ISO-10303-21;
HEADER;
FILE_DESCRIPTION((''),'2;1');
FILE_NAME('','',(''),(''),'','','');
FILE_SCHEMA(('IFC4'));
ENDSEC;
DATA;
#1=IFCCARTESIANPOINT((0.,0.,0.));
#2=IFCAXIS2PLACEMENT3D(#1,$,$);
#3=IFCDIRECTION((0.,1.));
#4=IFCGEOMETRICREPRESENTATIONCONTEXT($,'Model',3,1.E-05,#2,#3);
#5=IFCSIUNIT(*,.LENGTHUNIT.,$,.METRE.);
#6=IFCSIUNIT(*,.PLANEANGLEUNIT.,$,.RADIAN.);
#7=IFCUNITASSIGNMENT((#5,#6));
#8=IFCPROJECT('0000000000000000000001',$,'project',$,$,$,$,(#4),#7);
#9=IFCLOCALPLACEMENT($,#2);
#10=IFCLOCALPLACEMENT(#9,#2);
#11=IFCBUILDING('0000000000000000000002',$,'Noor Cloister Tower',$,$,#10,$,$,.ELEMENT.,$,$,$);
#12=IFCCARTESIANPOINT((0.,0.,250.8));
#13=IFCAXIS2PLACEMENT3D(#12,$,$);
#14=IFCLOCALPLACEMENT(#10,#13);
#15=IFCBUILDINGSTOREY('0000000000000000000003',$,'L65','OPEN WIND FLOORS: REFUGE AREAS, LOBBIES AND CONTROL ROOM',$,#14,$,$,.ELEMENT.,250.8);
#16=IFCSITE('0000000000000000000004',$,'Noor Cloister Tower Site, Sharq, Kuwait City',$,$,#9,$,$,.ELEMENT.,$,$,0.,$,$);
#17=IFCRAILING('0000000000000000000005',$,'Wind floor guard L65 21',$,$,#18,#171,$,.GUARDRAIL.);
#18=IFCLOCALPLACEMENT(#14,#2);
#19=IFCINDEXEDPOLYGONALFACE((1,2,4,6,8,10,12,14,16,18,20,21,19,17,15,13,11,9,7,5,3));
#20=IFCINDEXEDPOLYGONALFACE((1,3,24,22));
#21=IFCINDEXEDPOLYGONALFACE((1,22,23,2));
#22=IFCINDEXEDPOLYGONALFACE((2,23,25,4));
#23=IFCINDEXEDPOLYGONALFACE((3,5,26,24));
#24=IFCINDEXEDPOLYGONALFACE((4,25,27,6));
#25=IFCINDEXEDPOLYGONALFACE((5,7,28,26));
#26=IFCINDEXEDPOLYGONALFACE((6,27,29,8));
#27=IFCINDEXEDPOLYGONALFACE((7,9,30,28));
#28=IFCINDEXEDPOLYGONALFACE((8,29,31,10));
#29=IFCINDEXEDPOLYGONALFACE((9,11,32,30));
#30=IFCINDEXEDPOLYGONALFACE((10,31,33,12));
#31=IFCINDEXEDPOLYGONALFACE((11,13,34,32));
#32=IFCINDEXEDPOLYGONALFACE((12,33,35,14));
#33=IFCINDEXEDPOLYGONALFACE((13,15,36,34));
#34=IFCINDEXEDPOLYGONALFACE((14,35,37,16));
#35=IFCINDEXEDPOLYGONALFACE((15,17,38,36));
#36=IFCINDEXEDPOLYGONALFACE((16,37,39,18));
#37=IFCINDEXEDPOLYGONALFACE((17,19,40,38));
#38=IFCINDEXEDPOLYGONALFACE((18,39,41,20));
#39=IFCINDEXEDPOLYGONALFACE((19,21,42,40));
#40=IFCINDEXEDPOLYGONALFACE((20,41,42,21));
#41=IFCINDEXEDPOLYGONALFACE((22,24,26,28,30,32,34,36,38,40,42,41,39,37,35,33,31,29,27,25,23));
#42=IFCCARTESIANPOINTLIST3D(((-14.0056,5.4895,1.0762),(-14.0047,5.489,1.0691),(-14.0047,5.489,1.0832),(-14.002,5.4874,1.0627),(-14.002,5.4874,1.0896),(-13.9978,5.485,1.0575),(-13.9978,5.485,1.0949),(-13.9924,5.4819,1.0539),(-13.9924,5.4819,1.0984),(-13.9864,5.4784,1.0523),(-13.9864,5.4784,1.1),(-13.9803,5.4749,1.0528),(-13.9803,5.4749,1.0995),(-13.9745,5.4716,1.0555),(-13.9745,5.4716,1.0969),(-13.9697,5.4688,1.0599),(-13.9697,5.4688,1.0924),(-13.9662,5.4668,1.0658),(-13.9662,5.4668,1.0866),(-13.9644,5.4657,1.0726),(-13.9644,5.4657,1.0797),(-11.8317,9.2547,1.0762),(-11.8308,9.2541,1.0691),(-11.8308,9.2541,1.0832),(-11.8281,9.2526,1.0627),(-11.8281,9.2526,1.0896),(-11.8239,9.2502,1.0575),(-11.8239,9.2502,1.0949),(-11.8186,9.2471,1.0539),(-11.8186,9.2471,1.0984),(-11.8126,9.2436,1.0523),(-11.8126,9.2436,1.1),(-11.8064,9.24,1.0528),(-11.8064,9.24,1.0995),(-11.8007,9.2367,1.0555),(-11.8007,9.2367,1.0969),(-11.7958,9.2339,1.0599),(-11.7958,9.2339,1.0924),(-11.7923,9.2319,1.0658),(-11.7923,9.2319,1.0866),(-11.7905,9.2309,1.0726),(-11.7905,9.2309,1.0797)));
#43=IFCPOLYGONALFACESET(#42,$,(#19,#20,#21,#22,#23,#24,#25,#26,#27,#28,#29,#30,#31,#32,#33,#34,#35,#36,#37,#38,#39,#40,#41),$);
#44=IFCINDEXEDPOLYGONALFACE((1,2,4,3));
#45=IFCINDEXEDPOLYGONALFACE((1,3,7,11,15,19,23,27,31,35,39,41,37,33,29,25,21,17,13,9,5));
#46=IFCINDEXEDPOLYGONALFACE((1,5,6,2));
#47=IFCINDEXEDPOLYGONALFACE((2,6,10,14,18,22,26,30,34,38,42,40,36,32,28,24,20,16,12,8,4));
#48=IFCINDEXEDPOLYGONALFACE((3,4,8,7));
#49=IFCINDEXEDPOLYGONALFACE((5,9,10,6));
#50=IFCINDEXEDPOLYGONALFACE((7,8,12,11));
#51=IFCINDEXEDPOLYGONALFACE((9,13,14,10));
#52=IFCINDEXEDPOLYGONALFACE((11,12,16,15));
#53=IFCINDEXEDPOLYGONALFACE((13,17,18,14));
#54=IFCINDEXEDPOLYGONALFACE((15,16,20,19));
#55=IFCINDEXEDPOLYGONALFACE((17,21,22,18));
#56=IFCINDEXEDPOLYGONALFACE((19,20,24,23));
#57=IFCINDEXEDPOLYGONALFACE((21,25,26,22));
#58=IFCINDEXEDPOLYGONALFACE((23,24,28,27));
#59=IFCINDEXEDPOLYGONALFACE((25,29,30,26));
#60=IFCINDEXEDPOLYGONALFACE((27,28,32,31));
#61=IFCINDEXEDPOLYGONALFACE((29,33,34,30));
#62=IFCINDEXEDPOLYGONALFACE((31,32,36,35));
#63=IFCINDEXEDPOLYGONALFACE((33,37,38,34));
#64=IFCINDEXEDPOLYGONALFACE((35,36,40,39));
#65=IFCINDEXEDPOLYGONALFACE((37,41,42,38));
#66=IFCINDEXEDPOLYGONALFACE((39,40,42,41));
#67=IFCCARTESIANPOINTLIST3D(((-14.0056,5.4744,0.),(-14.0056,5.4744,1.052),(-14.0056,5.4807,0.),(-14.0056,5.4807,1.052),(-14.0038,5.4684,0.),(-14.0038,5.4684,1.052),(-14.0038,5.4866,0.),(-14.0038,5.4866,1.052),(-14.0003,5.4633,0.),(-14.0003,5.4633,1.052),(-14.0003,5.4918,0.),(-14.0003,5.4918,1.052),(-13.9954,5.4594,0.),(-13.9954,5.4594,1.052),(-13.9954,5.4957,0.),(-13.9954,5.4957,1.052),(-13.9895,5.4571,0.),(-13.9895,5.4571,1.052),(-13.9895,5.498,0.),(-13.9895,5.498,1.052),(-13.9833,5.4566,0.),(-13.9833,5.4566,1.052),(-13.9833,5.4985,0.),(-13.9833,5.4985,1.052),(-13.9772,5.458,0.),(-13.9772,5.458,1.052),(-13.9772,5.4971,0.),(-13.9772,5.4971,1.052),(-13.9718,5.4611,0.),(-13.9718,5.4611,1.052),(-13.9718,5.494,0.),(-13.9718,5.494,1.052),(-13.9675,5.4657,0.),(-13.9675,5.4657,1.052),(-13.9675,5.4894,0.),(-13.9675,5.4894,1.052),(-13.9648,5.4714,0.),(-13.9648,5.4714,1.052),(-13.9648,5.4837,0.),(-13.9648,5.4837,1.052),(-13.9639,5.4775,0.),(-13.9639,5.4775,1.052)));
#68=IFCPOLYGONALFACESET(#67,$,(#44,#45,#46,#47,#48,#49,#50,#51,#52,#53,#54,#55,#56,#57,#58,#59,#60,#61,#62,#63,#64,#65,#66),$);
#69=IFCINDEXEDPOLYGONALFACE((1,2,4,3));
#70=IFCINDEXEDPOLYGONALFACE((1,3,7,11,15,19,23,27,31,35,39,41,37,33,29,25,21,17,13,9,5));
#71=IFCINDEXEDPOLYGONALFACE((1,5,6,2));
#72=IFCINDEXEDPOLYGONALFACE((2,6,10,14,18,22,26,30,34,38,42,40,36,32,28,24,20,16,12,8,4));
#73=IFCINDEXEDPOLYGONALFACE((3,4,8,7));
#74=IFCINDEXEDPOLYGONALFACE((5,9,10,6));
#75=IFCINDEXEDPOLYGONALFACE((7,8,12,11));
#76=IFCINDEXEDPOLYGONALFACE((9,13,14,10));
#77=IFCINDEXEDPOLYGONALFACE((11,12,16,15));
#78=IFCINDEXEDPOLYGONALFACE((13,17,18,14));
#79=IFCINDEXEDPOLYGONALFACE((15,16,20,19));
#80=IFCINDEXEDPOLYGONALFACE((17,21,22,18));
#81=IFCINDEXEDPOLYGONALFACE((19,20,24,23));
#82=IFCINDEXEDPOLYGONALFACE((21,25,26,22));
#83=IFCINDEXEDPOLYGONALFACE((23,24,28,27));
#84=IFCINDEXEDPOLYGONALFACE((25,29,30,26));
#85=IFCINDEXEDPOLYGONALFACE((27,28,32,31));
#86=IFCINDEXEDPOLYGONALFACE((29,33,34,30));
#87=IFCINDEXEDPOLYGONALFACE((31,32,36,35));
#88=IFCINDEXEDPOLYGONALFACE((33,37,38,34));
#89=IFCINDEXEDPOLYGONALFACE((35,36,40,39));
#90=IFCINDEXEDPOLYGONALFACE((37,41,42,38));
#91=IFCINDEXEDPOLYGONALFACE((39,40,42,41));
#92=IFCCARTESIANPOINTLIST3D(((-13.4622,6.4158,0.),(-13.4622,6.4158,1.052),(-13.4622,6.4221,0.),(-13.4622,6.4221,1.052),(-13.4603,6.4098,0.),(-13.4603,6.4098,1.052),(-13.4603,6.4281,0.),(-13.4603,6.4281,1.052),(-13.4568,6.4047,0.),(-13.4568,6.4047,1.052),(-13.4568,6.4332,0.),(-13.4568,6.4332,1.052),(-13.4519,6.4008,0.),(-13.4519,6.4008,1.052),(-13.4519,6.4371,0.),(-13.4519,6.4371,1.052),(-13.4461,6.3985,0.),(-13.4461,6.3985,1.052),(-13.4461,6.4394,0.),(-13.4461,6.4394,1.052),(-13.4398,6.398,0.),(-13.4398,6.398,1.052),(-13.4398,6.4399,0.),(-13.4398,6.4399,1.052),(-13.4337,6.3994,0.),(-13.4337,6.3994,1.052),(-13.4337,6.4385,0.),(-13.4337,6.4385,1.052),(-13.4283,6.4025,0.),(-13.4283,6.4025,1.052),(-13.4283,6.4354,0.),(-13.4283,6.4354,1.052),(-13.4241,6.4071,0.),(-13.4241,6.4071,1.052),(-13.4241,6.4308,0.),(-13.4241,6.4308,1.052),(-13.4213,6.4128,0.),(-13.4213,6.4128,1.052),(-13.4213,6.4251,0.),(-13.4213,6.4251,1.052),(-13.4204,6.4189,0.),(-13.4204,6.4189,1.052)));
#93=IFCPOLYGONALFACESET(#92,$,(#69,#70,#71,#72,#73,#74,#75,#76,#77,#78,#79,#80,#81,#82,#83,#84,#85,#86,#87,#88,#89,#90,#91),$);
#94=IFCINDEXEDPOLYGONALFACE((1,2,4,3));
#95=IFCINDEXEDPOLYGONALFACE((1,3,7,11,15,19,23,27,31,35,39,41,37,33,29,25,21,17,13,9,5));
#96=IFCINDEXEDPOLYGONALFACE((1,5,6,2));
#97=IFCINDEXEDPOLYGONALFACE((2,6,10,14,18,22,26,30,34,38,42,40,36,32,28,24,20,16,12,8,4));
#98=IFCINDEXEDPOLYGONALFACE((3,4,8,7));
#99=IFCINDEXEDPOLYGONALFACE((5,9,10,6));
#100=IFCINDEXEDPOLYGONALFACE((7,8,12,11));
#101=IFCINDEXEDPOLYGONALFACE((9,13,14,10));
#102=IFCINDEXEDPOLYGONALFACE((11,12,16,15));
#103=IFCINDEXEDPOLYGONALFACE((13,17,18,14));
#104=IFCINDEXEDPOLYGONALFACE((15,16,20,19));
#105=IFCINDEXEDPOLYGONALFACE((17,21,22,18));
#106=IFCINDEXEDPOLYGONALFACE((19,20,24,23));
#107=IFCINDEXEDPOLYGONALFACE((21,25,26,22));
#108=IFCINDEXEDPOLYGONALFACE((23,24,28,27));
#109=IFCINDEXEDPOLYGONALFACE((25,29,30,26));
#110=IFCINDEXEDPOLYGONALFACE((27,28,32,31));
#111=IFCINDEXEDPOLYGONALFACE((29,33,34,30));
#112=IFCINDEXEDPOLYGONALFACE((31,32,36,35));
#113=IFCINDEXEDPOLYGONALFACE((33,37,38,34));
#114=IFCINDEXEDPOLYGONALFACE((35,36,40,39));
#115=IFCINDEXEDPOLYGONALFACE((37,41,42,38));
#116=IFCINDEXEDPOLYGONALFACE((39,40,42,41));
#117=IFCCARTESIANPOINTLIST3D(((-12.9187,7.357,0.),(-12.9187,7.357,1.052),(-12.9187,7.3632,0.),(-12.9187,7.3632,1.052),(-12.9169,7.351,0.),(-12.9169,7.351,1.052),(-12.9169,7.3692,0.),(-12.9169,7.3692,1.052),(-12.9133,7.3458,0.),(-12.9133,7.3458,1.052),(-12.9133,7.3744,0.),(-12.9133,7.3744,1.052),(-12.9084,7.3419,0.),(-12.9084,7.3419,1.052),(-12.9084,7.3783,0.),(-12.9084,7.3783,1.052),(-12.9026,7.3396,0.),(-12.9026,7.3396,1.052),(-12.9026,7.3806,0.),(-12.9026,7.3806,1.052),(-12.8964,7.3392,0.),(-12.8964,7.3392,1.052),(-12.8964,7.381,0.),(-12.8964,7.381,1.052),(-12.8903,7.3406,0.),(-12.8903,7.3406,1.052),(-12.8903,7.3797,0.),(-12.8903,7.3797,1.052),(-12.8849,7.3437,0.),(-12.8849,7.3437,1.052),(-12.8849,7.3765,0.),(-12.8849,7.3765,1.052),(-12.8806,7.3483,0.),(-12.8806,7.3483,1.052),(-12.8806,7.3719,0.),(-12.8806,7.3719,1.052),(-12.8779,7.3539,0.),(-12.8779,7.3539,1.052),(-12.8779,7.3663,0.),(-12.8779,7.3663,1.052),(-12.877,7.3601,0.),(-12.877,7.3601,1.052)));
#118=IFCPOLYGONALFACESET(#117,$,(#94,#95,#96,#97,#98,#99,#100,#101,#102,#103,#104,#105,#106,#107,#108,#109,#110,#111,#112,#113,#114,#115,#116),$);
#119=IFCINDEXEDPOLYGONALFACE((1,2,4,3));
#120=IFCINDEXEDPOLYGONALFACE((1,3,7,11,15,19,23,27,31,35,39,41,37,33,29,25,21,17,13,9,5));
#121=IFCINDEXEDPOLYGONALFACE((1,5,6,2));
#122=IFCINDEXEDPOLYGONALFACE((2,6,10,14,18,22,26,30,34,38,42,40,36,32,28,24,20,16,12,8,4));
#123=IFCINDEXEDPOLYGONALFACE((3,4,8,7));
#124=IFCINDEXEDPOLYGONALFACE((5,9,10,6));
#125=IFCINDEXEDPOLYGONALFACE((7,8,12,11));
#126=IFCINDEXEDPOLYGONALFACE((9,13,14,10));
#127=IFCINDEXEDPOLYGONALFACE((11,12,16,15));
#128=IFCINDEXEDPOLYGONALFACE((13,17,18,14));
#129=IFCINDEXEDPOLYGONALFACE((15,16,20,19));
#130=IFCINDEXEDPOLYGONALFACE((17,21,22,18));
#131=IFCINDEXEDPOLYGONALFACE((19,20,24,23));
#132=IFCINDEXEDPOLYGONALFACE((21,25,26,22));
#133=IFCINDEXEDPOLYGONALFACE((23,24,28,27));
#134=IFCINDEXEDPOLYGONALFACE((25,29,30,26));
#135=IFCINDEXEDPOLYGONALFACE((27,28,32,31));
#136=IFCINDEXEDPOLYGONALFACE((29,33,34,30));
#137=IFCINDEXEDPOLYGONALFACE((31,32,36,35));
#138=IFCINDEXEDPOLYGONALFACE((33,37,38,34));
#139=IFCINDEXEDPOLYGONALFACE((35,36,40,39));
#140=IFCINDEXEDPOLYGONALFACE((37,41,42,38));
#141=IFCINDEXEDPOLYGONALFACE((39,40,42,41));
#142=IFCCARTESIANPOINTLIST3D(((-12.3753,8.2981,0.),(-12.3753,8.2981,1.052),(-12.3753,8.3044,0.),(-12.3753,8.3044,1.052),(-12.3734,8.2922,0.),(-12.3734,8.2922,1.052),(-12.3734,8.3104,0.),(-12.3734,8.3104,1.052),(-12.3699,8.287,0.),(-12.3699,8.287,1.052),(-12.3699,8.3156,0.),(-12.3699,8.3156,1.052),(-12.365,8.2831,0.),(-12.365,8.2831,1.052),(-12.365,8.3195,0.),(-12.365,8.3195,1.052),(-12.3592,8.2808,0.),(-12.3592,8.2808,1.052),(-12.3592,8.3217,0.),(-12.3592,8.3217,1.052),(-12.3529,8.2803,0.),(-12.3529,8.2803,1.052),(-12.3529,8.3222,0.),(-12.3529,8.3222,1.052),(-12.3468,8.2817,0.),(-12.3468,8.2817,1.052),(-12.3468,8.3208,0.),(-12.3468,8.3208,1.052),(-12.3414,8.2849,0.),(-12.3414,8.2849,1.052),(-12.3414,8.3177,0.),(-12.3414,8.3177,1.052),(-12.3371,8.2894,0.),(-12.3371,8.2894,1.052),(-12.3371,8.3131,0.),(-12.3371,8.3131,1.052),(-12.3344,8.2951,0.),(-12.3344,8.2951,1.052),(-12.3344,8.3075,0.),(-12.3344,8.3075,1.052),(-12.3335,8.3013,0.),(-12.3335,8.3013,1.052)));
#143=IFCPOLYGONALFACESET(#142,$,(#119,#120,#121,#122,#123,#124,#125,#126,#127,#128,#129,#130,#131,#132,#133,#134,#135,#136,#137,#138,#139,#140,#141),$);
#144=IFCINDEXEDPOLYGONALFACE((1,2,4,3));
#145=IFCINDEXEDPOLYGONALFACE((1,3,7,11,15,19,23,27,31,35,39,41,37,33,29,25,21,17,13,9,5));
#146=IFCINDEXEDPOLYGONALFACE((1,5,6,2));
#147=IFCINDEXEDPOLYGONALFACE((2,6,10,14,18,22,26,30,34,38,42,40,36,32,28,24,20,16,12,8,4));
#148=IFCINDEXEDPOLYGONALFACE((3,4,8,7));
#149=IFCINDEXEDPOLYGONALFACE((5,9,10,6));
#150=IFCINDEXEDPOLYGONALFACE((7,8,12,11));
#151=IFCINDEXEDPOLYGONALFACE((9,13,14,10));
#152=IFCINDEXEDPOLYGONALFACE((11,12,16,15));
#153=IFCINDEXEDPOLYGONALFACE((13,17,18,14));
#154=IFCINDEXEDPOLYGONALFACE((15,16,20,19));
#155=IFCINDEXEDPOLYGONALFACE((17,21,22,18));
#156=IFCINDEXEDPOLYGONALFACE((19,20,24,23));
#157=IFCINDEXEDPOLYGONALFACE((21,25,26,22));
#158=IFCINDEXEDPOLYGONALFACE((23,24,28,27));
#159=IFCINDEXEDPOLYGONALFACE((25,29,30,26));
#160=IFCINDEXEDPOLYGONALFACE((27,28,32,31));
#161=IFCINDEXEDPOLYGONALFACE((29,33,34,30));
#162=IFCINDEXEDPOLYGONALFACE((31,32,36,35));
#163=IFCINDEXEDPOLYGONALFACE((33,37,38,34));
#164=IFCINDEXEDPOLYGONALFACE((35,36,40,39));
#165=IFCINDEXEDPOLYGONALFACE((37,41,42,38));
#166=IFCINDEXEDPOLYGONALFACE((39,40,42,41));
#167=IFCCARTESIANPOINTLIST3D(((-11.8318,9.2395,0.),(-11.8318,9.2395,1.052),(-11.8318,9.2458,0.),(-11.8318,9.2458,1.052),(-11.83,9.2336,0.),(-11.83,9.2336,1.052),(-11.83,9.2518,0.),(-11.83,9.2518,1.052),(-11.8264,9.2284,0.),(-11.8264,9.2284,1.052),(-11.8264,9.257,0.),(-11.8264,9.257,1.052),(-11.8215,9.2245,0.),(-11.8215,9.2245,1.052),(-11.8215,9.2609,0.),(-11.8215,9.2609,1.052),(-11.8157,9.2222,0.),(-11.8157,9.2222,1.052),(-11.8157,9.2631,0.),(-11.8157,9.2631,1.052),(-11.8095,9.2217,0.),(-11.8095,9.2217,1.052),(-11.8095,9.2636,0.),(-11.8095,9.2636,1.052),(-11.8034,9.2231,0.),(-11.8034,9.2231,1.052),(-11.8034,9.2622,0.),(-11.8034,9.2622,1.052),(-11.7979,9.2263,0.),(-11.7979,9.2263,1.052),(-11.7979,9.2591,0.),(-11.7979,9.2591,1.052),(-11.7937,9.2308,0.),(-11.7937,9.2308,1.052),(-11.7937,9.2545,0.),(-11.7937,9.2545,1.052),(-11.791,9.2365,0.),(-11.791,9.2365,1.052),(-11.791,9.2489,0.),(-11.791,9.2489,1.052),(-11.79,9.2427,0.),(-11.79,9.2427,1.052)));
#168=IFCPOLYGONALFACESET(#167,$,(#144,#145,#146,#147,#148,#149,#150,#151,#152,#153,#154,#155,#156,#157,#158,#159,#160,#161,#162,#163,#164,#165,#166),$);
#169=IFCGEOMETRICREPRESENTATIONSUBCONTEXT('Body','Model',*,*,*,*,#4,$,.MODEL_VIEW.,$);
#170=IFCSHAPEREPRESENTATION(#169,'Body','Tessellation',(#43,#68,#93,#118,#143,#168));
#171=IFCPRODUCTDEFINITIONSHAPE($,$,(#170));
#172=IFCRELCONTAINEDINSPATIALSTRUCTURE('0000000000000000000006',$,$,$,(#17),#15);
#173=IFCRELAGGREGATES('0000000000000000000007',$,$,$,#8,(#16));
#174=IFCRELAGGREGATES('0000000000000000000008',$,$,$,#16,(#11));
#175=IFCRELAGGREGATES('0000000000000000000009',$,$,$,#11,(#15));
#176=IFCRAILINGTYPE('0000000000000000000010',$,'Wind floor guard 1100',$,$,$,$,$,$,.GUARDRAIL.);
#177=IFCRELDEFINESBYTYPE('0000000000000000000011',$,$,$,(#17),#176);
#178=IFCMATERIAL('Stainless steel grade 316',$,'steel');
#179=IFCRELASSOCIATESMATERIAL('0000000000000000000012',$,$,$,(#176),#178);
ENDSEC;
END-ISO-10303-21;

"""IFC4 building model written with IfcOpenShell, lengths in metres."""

from ifc_helpers import new_model, si_unit, direction, frame, origin, origin_2d, place, context, subcontext, project, spatial, circle, extrude, material, type_object, element, save


model = new_model("IFC4")

# Units and contexts
model_context = context("Model", 3, precision=1e-05, world=origin(), true_north=direction((0.0, 1.0)))
body_context = subcontext(model_context, "Body", "Model", "MODEL_VIEW")
ifc_project = project(units=[si_unit("LENGTHUNIT", "METRE"), si_unit("PLANEANGLEUNIT", "RADIAN")], contexts=[model_context])

# Site, building, storey
site_placement = place(None, origin())
site = spatial("IfcSite", under=ifc_project, at=site_placement, Name="Noor Cloister Tower Site, Sharq, Kuwait City", CompositionType="ELEMENT", RefElevation=0.0)
building_placement = place(site_placement, origin())
building = spatial("IfcBuilding", under=site, at=building_placement, Name="Noor Cloister Tower", CompositionType="ELEMENT")
storey_placement = place(building_placement, frame((0.0, 0.0, 250.8)))
storey = spatial("IfcBuildingStorey", under=building, at=storey_placement, Name="L65", Description="OPEN WIND FLOORS: REFUGE AREAS, LOBBIES AND CONTROL ROOM", CompositionType="ELEMENT", Elevation=250.8)

# Railing
ifc_material_1 = material(Name="Stainless steel grade 316", Category="steel")
railing_type = type_object("IfcRailingType", Name="Wind floor guard 1100", PredefinedType="GUARDRAIL", material=ifc_material_1)
railing_1_placement = place(storey_placement, frame((-13.9849, 5.4775, 0.0)))
element("IfcRailing", 1, at=railing_1_placement, inside=storey, type_object=railing_type, Name="Wind floor guard L65 21", PredefinedType="GUARDRAIL", context=body_context, shape_type="SweptSolid", body=[
    extrude(circle(Radius=0.0239, at=origin_2d()), frame((0.0, 0.0, 1.0762), z_axis=(0.500004, 0.866023, 0.0), x_axis=(-0.866023, 0.500004, 0.0)), (0.0, 0.0, 1.0), 4.3477),
    extrude(circle(Radius=0.021, at=origin_2d()), origin(), (0.0, 0.0, 1.0), 1.052),
    extrude(circle(Radius=0.021, at=origin_2d()), frame((0.5435, 0.9414, 0.0)), (0.0, 0.0, 1.0), 1.052),
    extrude(circle(Radius=0.021, at=origin_2d()), frame((1.0869, 1.8826, 0.0)), (0.0, 0.0, 1.0), 1.052),
    extrude(circle(Radius=0.021, at=origin_2d()), frame((1.6304, 2.8237, 0.0)), (0.0, 0.0, 1.0), 1.052),
    extrude(circle(Radius=0.021, at=origin_2d()), frame((2.1738, 3.7651, 0.0)), (0.0, 0.0, 1.0), 1.052),
])

save(model, "model.ifc")
